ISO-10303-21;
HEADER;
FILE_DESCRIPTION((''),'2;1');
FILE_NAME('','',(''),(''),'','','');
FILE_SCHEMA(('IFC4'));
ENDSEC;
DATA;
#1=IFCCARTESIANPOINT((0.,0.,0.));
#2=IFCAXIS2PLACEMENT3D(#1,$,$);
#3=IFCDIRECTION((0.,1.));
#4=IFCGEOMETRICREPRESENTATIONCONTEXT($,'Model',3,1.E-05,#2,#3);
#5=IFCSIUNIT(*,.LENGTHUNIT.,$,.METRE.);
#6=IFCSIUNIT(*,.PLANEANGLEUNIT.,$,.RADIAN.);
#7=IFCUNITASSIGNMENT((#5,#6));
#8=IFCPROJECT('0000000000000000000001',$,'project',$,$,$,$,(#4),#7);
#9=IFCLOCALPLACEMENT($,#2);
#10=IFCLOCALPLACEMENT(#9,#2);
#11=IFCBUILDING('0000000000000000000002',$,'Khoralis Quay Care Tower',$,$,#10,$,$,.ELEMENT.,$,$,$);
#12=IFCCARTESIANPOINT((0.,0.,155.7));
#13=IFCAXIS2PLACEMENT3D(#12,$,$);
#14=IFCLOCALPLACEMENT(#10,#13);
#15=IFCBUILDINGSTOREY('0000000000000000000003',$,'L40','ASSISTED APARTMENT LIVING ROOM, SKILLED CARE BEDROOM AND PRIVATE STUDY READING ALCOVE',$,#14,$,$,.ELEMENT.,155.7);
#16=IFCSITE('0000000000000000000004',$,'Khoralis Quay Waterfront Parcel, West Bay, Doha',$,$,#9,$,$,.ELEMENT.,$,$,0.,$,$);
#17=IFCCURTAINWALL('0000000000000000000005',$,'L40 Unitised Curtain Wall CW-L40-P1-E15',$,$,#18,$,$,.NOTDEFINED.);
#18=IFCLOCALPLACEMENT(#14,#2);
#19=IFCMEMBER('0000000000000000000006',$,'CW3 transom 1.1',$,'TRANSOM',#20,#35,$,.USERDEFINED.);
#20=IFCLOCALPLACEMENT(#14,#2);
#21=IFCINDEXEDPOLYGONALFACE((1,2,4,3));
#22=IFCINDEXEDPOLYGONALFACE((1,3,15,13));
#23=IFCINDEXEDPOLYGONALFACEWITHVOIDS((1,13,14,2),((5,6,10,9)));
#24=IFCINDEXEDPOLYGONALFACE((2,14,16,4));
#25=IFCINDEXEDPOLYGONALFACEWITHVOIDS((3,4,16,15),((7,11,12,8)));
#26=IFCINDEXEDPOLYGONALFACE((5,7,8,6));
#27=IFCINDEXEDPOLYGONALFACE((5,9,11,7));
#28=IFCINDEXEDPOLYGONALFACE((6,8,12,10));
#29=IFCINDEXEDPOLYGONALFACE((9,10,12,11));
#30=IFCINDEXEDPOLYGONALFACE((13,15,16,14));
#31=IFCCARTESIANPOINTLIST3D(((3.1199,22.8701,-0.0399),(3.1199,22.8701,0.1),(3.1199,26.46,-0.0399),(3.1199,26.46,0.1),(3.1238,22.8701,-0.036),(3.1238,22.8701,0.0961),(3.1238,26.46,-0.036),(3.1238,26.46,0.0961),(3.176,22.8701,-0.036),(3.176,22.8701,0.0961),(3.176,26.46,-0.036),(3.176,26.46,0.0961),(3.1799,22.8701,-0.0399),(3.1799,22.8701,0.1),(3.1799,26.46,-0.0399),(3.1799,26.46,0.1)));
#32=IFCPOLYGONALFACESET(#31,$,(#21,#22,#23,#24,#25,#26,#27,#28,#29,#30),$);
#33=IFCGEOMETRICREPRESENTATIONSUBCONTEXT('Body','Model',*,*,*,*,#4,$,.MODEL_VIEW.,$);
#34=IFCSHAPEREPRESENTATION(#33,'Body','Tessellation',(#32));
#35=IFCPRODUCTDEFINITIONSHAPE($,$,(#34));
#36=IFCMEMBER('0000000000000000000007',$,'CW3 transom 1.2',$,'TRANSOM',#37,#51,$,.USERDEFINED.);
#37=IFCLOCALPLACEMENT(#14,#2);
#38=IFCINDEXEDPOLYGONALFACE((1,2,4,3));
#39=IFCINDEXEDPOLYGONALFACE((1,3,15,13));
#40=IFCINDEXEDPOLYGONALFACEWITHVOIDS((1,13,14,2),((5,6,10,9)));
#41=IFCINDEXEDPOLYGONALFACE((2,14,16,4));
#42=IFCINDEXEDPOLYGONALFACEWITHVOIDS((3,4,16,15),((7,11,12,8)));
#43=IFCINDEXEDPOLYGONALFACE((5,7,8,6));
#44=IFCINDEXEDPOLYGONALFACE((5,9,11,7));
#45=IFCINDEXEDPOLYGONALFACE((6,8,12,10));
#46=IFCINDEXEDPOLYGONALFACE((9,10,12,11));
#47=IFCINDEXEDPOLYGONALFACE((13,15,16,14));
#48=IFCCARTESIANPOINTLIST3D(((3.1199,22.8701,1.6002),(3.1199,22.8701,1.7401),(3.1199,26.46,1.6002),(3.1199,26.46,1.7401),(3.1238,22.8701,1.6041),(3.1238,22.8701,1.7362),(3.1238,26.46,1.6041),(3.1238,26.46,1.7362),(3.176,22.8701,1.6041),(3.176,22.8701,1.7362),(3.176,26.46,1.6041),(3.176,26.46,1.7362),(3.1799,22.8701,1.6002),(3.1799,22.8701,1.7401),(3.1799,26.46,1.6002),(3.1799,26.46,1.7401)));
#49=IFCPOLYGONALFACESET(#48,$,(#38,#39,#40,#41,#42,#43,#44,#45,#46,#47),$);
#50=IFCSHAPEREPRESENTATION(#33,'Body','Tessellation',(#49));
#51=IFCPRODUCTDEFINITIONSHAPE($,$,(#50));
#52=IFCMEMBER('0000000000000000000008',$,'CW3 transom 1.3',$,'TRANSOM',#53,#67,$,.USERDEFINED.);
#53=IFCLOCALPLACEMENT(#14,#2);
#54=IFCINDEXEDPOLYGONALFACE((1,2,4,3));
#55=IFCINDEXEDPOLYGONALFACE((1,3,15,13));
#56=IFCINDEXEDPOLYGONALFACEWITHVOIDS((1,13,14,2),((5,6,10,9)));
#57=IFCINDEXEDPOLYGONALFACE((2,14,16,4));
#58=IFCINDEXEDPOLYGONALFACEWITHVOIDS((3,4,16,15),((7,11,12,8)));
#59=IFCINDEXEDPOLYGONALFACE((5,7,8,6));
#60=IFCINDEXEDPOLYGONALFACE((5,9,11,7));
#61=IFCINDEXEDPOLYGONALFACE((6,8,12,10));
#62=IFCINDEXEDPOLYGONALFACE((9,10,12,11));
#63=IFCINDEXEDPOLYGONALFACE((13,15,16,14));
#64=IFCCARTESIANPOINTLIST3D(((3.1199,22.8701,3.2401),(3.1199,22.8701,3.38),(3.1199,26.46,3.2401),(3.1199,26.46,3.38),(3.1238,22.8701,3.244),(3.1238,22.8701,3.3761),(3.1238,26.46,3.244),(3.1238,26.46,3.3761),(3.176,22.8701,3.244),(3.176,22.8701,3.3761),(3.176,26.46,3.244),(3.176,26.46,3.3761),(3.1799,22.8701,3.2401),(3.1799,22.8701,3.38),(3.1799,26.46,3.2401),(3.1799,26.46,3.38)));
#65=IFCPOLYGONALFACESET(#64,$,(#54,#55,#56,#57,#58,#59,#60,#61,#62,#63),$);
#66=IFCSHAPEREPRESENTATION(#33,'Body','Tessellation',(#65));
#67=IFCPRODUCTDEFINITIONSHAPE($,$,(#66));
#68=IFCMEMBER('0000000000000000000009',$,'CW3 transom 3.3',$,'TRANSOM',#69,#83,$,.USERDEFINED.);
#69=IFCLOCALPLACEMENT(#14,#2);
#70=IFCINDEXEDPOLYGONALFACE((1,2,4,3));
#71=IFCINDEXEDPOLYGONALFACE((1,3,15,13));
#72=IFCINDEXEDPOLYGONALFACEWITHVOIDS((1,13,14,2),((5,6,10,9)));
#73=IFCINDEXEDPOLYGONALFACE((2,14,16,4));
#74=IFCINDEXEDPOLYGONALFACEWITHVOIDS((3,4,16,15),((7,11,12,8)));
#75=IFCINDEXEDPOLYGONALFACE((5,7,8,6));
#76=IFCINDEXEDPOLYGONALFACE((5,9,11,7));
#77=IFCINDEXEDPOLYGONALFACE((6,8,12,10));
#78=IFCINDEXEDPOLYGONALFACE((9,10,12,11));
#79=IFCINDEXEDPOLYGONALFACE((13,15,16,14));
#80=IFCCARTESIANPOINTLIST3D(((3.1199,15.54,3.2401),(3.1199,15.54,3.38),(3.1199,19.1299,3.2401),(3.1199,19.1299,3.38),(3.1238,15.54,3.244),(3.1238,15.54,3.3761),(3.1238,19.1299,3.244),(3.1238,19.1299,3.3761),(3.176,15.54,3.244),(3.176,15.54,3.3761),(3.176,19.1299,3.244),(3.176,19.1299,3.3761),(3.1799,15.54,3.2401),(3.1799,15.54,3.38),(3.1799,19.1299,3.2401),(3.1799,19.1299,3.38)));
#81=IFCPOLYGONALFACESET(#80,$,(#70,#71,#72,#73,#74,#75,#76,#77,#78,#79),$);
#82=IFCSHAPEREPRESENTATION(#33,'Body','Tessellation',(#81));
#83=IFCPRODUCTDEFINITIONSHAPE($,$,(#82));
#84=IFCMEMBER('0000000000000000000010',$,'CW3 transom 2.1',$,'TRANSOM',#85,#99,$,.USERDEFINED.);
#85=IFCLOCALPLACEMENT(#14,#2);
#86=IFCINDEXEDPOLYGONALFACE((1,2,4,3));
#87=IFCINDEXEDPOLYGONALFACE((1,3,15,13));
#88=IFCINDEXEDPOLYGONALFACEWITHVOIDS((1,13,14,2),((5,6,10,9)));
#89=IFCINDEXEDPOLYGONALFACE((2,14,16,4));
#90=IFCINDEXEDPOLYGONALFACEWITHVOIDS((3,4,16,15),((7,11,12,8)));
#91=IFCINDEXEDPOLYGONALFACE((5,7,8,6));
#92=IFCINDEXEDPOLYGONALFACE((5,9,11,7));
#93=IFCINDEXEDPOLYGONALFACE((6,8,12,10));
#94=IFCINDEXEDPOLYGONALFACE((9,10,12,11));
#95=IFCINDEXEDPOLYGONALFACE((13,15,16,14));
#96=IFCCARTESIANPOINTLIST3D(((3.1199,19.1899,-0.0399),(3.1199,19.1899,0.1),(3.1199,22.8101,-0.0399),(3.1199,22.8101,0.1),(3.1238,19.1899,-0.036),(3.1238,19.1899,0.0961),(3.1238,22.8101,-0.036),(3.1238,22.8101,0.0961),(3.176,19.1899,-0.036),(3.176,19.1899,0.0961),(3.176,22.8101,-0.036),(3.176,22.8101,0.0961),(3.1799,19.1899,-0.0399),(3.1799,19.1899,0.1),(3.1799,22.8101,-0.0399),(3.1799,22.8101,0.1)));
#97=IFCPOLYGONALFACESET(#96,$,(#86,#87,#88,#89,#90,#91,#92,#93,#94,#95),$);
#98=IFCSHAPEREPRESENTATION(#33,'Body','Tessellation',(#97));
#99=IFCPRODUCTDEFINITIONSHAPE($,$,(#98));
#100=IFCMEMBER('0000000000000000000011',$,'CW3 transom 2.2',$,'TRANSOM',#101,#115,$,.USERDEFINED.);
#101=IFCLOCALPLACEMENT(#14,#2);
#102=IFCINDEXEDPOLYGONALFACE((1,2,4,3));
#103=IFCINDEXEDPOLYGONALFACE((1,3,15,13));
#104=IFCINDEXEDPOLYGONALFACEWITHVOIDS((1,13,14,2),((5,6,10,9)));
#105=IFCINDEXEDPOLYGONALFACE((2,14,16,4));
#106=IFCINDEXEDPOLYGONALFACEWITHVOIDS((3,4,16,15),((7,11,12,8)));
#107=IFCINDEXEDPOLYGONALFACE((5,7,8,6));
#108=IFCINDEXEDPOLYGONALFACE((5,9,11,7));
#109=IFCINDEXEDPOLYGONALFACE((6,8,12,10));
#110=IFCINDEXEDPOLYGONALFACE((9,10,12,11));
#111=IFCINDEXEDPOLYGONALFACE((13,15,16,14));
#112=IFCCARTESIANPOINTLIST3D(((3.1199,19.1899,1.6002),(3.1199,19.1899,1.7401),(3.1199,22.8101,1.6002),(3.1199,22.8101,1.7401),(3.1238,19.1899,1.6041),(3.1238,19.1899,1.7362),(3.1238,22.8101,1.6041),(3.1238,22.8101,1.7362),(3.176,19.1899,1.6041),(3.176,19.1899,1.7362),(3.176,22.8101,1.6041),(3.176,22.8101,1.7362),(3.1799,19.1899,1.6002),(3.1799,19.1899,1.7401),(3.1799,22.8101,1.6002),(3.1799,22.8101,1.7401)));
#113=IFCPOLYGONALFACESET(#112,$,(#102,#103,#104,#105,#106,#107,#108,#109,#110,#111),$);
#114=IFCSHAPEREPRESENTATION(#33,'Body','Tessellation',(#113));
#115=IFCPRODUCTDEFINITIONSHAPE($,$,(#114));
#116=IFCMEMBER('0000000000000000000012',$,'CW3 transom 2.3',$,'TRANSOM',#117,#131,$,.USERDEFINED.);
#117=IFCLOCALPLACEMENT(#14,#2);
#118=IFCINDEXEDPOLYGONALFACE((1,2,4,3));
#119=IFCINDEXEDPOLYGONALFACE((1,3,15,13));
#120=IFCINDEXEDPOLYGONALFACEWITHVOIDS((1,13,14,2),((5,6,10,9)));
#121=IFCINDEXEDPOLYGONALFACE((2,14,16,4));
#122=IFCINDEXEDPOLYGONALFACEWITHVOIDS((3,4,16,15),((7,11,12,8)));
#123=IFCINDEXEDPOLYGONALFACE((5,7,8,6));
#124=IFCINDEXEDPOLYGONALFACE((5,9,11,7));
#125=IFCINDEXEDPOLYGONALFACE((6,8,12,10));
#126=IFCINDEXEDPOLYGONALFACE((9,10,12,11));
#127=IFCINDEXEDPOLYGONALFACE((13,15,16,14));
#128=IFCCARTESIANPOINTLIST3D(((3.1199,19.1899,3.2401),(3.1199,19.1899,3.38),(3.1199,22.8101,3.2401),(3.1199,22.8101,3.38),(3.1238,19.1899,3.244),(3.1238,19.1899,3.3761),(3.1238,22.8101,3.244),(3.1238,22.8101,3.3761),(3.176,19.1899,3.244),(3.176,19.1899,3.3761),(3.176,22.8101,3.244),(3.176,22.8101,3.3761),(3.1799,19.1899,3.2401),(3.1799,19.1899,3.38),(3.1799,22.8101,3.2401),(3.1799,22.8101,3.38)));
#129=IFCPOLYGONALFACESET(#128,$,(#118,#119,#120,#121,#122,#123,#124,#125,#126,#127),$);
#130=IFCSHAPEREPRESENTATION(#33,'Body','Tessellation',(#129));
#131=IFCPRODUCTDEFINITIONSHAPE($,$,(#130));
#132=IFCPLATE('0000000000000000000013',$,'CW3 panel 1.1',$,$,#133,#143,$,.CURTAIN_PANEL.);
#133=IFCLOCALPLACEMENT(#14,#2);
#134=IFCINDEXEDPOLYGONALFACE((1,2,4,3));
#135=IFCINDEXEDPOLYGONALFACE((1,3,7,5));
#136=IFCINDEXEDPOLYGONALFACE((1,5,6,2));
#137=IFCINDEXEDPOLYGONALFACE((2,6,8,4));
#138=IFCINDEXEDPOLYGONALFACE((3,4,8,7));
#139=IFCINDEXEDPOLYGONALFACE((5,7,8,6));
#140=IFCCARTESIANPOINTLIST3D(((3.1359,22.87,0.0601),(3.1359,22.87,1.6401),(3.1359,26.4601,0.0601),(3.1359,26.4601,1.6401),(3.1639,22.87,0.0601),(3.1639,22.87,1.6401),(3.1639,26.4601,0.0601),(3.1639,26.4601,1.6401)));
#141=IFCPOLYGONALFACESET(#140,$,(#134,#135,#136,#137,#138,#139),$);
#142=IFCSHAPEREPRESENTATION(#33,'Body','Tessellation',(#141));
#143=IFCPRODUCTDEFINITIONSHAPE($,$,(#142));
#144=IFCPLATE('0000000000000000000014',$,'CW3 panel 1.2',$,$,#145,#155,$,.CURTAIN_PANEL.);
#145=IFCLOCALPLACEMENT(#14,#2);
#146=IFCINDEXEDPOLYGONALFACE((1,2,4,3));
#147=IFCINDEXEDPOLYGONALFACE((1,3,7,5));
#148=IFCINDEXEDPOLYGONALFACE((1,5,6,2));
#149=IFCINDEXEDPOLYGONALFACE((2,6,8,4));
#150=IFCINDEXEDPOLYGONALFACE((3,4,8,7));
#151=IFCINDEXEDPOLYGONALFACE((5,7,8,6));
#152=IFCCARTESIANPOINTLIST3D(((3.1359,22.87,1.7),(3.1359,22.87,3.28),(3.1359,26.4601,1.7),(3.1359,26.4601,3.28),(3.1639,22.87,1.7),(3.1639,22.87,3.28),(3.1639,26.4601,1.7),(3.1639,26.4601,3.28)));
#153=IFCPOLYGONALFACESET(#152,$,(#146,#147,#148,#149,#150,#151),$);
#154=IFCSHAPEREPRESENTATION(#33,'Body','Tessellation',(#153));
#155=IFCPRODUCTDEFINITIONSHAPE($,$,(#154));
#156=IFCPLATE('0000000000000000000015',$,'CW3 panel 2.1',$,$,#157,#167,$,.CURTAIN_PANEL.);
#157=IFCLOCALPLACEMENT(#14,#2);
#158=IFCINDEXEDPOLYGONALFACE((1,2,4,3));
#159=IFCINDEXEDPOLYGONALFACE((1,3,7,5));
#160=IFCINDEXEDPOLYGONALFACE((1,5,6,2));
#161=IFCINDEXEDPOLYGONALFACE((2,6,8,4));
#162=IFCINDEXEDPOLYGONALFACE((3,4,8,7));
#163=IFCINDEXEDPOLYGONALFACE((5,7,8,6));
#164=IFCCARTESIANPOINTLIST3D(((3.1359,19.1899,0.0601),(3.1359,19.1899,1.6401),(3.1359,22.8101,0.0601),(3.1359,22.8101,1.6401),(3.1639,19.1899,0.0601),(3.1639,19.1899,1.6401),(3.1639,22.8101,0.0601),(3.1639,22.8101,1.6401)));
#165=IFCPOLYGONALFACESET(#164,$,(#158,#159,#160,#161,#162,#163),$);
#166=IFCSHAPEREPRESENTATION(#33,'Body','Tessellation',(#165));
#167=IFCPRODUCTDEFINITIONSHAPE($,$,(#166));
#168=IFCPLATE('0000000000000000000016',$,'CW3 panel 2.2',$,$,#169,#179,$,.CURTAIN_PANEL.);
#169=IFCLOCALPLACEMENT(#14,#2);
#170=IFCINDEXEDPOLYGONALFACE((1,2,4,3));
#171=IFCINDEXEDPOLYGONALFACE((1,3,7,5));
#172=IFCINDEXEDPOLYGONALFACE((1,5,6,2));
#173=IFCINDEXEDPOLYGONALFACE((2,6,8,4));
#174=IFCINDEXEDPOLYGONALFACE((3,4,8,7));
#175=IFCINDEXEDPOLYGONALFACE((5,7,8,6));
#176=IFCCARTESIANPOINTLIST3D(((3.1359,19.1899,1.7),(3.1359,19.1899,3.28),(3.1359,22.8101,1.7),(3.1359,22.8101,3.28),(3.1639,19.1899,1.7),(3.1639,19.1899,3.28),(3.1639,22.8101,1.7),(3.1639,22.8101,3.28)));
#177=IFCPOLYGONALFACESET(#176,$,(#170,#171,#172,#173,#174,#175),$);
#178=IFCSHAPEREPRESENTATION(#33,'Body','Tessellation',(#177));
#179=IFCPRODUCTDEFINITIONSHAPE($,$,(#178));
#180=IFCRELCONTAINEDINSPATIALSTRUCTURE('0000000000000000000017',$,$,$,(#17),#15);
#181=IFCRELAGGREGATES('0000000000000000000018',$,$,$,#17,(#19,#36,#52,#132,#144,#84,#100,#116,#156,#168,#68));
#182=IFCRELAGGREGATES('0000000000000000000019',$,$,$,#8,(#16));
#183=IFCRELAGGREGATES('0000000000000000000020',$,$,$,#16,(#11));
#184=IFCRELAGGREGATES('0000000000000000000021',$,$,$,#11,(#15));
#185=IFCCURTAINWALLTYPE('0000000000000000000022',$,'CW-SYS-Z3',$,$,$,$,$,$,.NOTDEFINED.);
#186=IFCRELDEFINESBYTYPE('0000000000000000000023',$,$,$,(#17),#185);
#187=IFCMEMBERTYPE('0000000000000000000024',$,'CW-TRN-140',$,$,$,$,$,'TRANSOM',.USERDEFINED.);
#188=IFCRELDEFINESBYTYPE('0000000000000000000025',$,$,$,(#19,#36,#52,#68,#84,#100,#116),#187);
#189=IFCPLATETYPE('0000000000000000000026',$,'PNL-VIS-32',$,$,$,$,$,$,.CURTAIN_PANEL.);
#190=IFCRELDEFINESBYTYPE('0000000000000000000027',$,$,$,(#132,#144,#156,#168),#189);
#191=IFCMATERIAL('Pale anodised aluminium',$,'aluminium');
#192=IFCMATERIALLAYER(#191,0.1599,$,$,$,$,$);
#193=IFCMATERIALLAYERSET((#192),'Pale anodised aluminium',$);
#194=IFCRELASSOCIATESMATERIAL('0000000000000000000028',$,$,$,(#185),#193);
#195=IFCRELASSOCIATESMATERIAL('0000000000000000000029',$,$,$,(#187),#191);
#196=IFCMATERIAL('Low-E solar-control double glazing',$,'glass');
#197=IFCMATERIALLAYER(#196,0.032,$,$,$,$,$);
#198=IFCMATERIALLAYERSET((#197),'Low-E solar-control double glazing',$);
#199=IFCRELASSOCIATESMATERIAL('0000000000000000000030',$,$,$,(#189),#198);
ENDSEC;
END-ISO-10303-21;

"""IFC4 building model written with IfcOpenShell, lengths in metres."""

from ifc_helpers import new_model, si_unit, direction, frame, origin, origin_2d, place, context, subcontext, project, spatial, rectangle, hollow_rectangle, extrude, source, transform, mapped, material, layer, layer_set, material_profile, profile_set, type_object, element, aggregate, save


model = new_model("IFC4")

# Units and contexts
model_context = context("Model", 3, precision=1e-05, world=origin(), true_north=direction((0.0, 1.0)))
body_context = subcontext(model_context, "Body", "Model", "MODEL_VIEW")
ifc_project = project(units=[si_unit("LENGTHUNIT", "METRE"), si_unit("PLANEANGLEUNIT", "RADIAN")], contexts=[model_context])

# Site, building, storey
site_placement = place(None, origin())
site = spatial("IfcSite", under=ifc_project, at=site_placement, Name="Khoralis Quay Waterfront Parcel, West Bay, Doha", CompositionType="ELEMENT", RefElevation=0.0)
building_placement = place(site_placement, origin())
building = spatial("IfcBuilding", under=site, at=building_placement, Name="Khoralis Quay Care Tower", CompositionType="ELEMENT")
storey_placement = place(building_placement, frame((0.0, 0.0, 155.7)))
storey = spatial("IfcBuildingStorey", under=building, at=storey_placement, Name="L40", Description="ASSISTED APARTMENT LIVING ROOM, SKILLED CARE BEDROOM AND PRIVATE STUDY READING ALCOVE", CompositionType="ELEMENT", Elevation=155.7)

# Curtain wall, members, plates
ifc_material_1 = material(Name="Pale anodised aluminium", Category="aluminium")
ifc_layer_1 = layer(ifc_material_1, 0.1599)
ifc_layer_set_1 = layer_set([ifc_layer_1], Name="Pale anodised aluminium")
curtain_wall_type = type_object("IfcCurtainWallType", Name="CW-SYS-Z3", PredefinedType="NOTDEFINED", material=ifc_layer_set_1)
curtain_wall_placement = place(storey_placement, origin())
curtain_wall = element("IfcCurtainWall", 1, at=curtain_wall_placement, inside=storey, type_object=curtain_wall_type, Name="L40 Unitised Curtain Wall CW-L40-P1-E15", PredefinedType="NOTDEFINED")
ifc_material_profile_1 = material_profile(ifc_material_1, hollow_rectangle(XDim=0.0601, YDim=0.1399, WallThickness=0.0039, at=origin_2d()), Name="Pale anodised aluminium")
ifc_profile_set_1 = profile_set([ifc_material_profile_1], Name="Pale anodised aluminium")
member_type_1 = type_object("IfcMemberType", Name="CW-TRN-140", ElementType="TRANSOM", PredefinedType="USERDEFINED", material=ifc_profile_set_1)
shared_shape_1 = source(origin(), body_context, "Body", "SweptSolid", [
    extrude(hollow_rectangle(XDim=0.0601, YDim=0.1399, WallThickness=0.0039, at=origin_2d()), origin(), (0.0, 0.0, 1.0), 3.5898),
])
member_1_placement = place(storey_placement, frame((3.1499, 26.46, 0.03), z_axis=(0.0, -1.0, 0.0), x_axis=(1.0, 0.0, 0.0)))
member_1 = element("IfcMember", 2, at=member_1_placement, type_object=member_type_1, Name="CW3 transom 1.1", ObjectType="TRANSOM", PredefinedType="USERDEFINED", context=body_context, shape_type="MappedRepresentation", body=[
    mapped(shared_shape_1, transform((0.0, 0.0, 0.0), scale=1.0)),
])
member_2_placement = place(storey_placement, frame((3.1499, 26.46, 1.6702), z_axis=(0.0, -1.0, 0.0), x_axis=(1.0, 0.0, 0.0)))
member_2 = element("IfcMember", 3, at=member_2_placement, type_object=member_type_1, Name="CW3 transom 1.2", ObjectType="TRANSOM", PredefinedType="USERDEFINED", context=body_context, shape_type="MappedRepresentation", body=[
    mapped(shared_shape_1, transform((0.0, 0.0, 0.0), scale=1.0)),
])
member_3_placement = place(storey_placement, frame((3.1499, 26.46, 3.3101), z_axis=(0.0, -1.0, 0.0), x_axis=(1.0, 0.0, 0.0)))
member_3 = element("IfcMember", 4, at=member_3_placement, type_object=member_type_1, Name="CW3 transom 1.3", ObjectType="TRANSOM", PredefinedType="USERDEFINED", context=body_context, shape_type="MappedRepresentation", body=[
    mapped(shared_shape_1, transform((0.0, 0.0, 0.0), scale=1.0)),
])
member_4_placement = place(storey_placement, frame((3.1499, 19.1299, 3.3101), z_axis=(0.0, -1.0, 0.0), x_axis=(1.0, 0.0, 0.0)))
member_4 = element("IfcMember", 5, at=member_4_placement, type_object=member_type_1, Name="CW3 transom 3.3", ObjectType="TRANSOM", PredefinedType="USERDEFINED", context=body_context, shape_type="MappedRepresentation", body=[
    mapped(shared_shape_1, transform((0.0, 0.0, 0.0), scale=1.0)),
])
shared_shape_2 = source(origin(), body_context, "Body", "SweptSolid", [
    extrude(hollow_rectangle(XDim=0.0601, YDim=0.1399, WallThickness=0.0039, at=origin_2d()), origin(), (0.0, 0.0, 1.0), 3.6201),
])
member_5_placement = place(storey_placement, frame((3.1499, 22.8101, 0.03), z_axis=(0.0, -1.0, 0.0), x_axis=(1.0, 0.0, 0.0)))
member_5 = element("IfcMember", 6, at=member_5_placement, type_object=member_type_1, Name="CW3 transom 2.1", ObjectType="TRANSOM", PredefinedType="USERDEFINED", context=body_context, shape_type="MappedRepresentation", body=[
    mapped(shared_shape_2, transform((0.0, 0.0, 0.0), scale=1.0)),
])
member_6_placement = place(storey_placement, frame((3.1499, 22.8101, 1.6702), z_axis=(0.0, -1.0, 0.0), x_axis=(1.0, 0.0, 0.0)))
member_6 = element("IfcMember", 7, at=member_6_placement, type_object=member_type_1, Name="CW3 transom 2.2", ObjectType="TRANSOM", PredefinedType="USERDEFINED", context=body_context, shape_type="MappedRepresentation", body=[
    mapped(shared_shape_2, transform((0.0, 0.0, 0.0), scale=1.0)),
])
member_7_placement = place(storey_placement, frame((3.1499, 22.8101, 3.3101), z_axis=(0.0, -1.0, 0.0), x_axis=(1.0, 0.0, 0.0)))
member_7 = element("IfcMember", 8, at=member_7_placement, type_object=member_type_1, Name="CW3 transom 2.3", ObjectType="TRANSOM", PredefinedType="USERDEFINED", context=body_context, shape_type="MappedRepresentation", body=[
    mapped(shared_shape_2, transform((0.0, 0.0, 0.0), scale=1.0)),
])
ifc_material_2 = material(Name="Low-E solar-control double glazing", Category="glass")
ifc_layer_2 = layer(ifc_material_2, 0.032)
ifc_layer_set_2 = layer_set([ifc_layer_2], Name="Low-E solar-control double glazing")
plate_type = type_object("IfcPlateType", Name="PNL-VIS-32", PredefinedType="CURTAIN_PANEL", material=ifc_layer_set_2)
shared_shape_3 = source(origin(), body_context, "Body", "SweptSolid", [
    extrude(rectangle(XDim=3.5901, YDim=0.0281, at=origin_2d()), origin(), (0.0, 0.0, 1.0), 1.5801),
])
plate_1_placement = place(storey_placement, frame((3.1499, 24.665, 0.0601), z_axis=(0.0, 0.0, 1.0), x_axis=(0.0, -1.0, 0.0)))
plate_1 = element("IfcPlate", 9, at=plate_1_placement, type_object=plate_type, Name="CW3 panel 1.1", PredefinedType="CURTAIN_PANEL", context=body_context, shape_type="MappedRepresentation", body=[
    mapped(shared_shape_3, transform((0.0, 0.0, 0.0), scale=1.0)),
])
plate_2_placement = place(storey_placement, frame((3.1499, 24.665, 1.7), z_axis=(0.0, 0.0, 1.0), x_axis=(0.0, -1.0, 0.0)))
plate_2 = element("IfcPlate", 10, at=plate_2_placement, type_object=plate_type, Name="CW3 panel 1.2", PredefinedType="CURTAIN_PANEL", context=body_context, shape_type="MappedRepresentation", body=[
    mapped(shared_shape_3, transform((0.0, 0.0, 0.0), scale=1.0)),
])
shared_shape_4 = source(origin(), body_context, "Body", "SweptSolid", [
    extrude(rectangle(XDim=3.6201, YDim=0.0281, at=origin_2d()), origin(), (0.0, 0.0, 1.0), 1.5801),
])
plate_3_placement = place(storey_placement, frame((3.1499, 21.0, 0.0601), z_axis=(0.0, 0.0, 1.0), x_axis=(0.0, -1.0, 0.0)))
plate_3 = element("IfcPlate", 11, at=plate_3_placement, type_object=plate_type, Name="CW3 panel 2.1", PredefinedType="CURTAIN_PANEL", context=body_context, shape_type="MappedRepresentation", body=[
    mapped(shared_shape_4, transform((0.0, 0.0, 0.0), scale=1.0)),
])
plate_4_placement = place(storey_placement, frame((3.1499, 21.0, 1.7), z_axis=(0.0, 0.0, 1.0), x_axis=(0.0, -1.0, 0.0)))
plate_4 = element("IfcPlate", 12, at=plate_4_placement, type_object=plate_type, Name="CW3 panel 2.2", PredefinedType="CURTAIN_PANEL", context=body_context, shape_type="MappedRepresentation", body=[
    mapped(shared_shape_4, transform((0.0, 0.0, 0.0), scale=1.0)),
])
aggregate(curtain_wall, [member_1, member_2, member_3, plate_1, plate_2, member_5, member_6, member_7, plate_3, plate_4, member_4])

save(model, "model.ifc")
